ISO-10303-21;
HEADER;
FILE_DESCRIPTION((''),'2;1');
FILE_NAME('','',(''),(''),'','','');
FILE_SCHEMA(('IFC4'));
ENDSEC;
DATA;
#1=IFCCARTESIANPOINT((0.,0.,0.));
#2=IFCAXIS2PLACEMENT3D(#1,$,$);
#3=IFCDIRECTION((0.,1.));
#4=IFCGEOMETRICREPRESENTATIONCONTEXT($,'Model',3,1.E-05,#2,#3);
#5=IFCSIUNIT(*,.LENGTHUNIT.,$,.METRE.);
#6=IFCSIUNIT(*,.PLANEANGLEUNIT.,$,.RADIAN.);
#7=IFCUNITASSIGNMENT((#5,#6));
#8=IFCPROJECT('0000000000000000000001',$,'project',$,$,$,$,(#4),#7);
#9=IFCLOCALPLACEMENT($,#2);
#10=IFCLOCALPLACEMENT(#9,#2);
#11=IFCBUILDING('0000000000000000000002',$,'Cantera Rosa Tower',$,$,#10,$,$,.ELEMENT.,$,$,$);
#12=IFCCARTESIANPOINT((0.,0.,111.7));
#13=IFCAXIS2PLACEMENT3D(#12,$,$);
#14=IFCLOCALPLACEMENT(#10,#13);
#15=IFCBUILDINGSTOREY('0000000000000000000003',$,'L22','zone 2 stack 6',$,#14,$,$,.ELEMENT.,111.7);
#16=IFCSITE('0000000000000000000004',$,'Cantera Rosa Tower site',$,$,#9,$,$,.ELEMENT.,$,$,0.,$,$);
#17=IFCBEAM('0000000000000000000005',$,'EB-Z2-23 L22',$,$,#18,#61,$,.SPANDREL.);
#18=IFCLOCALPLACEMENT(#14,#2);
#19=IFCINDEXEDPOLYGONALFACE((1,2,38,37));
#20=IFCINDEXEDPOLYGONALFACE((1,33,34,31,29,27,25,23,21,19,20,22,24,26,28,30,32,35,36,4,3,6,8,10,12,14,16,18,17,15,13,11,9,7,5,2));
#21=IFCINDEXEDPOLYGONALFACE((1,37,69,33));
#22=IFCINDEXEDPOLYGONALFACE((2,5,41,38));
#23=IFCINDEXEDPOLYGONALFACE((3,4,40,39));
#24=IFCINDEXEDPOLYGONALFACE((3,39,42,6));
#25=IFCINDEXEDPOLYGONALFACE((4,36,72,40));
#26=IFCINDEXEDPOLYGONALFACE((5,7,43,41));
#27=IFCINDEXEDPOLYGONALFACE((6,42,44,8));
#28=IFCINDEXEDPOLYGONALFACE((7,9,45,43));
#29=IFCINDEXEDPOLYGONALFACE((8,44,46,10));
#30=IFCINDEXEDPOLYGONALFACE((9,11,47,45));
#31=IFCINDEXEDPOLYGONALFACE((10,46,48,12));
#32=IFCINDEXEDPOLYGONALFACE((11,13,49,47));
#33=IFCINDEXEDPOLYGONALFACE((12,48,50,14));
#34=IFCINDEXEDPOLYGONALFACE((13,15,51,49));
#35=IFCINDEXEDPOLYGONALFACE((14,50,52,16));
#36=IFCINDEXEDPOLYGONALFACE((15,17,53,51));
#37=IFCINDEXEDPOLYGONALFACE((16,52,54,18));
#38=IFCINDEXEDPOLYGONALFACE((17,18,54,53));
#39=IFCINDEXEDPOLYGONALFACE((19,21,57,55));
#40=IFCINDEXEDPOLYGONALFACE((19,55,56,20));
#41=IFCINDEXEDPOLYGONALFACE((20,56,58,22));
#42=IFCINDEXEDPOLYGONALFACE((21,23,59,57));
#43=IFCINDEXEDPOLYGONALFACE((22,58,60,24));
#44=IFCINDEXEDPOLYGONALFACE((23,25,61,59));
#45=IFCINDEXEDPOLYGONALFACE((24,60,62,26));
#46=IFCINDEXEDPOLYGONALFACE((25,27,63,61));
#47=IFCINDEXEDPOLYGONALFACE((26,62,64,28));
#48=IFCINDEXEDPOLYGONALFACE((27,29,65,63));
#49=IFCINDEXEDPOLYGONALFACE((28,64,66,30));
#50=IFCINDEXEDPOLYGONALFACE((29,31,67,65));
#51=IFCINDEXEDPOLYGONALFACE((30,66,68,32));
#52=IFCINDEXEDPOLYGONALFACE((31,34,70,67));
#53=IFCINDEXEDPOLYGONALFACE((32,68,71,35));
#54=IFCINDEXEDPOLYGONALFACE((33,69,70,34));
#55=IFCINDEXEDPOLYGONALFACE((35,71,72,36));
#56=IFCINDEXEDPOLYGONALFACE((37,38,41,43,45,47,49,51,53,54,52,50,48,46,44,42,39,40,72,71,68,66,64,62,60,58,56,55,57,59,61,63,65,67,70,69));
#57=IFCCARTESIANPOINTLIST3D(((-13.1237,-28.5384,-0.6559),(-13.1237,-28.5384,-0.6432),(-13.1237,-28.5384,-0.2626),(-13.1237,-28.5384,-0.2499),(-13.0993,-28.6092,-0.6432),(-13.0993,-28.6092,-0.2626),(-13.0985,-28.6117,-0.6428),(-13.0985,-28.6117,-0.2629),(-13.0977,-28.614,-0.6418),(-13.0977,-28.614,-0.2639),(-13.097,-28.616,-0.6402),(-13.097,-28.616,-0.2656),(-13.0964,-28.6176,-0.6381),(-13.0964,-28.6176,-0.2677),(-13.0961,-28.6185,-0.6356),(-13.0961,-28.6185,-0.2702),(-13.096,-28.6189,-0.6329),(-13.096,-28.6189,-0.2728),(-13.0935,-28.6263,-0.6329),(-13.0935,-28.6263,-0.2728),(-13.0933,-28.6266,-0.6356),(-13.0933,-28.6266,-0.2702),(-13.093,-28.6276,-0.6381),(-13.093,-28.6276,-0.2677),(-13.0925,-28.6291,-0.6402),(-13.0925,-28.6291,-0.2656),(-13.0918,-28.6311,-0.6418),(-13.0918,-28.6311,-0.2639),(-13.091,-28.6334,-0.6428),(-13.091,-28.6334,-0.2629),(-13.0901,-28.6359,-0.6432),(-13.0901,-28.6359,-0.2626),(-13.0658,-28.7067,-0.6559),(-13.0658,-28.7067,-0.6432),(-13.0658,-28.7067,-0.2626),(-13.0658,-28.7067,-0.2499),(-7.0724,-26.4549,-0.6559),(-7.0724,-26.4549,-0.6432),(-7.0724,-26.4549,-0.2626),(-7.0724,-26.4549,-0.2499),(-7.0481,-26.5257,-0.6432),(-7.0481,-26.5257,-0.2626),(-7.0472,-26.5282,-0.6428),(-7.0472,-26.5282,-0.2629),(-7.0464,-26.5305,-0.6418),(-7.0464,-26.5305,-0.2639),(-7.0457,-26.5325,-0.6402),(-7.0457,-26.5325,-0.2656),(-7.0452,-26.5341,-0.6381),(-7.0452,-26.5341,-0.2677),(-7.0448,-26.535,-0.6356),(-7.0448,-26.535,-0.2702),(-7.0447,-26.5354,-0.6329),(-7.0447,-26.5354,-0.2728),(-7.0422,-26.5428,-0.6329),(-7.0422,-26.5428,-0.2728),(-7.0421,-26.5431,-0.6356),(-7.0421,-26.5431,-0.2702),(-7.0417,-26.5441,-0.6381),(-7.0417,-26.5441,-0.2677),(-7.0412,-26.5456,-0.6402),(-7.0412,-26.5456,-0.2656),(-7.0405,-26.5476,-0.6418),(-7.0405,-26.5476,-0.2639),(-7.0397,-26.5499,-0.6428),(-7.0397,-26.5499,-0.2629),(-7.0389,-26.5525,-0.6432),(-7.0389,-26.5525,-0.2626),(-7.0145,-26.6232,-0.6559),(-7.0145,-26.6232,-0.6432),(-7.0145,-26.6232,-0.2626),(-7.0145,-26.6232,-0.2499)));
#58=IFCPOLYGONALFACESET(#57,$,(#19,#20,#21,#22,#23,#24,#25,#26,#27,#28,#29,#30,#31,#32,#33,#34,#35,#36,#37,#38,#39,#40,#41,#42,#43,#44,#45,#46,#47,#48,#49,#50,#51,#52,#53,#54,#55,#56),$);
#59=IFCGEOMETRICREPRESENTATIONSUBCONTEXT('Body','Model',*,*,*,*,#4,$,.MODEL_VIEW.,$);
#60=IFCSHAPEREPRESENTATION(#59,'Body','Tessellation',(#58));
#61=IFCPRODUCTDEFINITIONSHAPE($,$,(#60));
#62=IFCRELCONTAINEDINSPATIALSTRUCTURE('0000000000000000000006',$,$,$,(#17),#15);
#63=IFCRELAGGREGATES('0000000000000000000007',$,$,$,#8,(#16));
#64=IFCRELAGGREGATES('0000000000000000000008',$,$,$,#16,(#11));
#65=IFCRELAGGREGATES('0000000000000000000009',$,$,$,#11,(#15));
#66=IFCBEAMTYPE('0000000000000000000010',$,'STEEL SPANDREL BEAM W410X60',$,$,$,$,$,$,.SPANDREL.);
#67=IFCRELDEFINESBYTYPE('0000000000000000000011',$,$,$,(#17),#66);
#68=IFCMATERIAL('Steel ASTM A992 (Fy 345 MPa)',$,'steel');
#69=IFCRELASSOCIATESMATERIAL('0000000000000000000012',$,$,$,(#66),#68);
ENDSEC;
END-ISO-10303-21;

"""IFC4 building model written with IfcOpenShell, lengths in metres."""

from ifc_helpers import new_model, si_unit, direction, frame, origin, origin_2d, place, context, subcontext, project, spatial, i_section, extrude, material, material_profile, profile_set, type_object, element, save


model = new_model("IFC4")

# Units and contexts
model_context = context("Model", 3, precision=1e-05, world=origin(), true_north=direction((0.0, 1.0)))
body_context = subcontext(model_context, "Body", "Model", "MODEL_VIEW")
ifc_project = project(units=[si_unit("LENGTHUNIT", "METRE"), si_unit("PLANEANGLEUNIT", "RADIAN")], contexts=[model_context])

# Site, building, storey
site_placement = place(None, origin())
site = spatial("IfcSite", under=ifc_project, at=site_placement, Name="Cantera Rosa Tower site", CompositionType="ELEMENT", RefElevation=0.0)
building_placement = place(site_placement, origin())
building = spatial("IfcBuilding", under=site, at=building_placement, Name="Cantera Rosa Tower", CompositionType="ELEMENT")
storey_placement = place(building_placement, frame((0.0, 0.0, 111.7)))
storey = spatial("IfcBuildingStorey", under=building, at=storey_placement, Name="L22", Description="zone 2 stack 6", CompositionType="ELEMENT", Elevation=111.7)

# Beam
ifc_material_1 = material(Name="Steel ASTM A992 (Fy 345 MPa)", Category="steel")
ifc_material_profile_1 = material_profile(ifc_material_1, i_section(OverallWidth=0.178, OverallDepth=0.406, WebThickness=0.0078, FlangeThickness=0.0127, FilletRadius=0.0103, at=origin_2d()), Name="W410X60")
ifc_profile_set_1 = profile_set([ifc_material_profile_1], Name="Steel ASTM A992 (Fy 345 MPa)")
beam_type_1 = type_object("IfcBeamType", Name="STEEL SPANDREL BEAM W410X60", PredefinedType="SPANDREL", material=ifc_profile_set_1)
beam_1_placement = place(storey_placement, frame((-13.0947, -28.6226, -0.4529), z_axis=(0.945524, 0.325551, 0.0), x_axis=(-0.325551, 0.945524, 0.0)))
element("IfcBeam", 1, at=beam_1_placement, inside=storey, type_object=beam_type_1, Name="EB-Z2-23 L22", PredefinedType="SPANDREL", context=body_context, shape_type="SweptSolid", body=[
    extrude(i_section(OverallWidth=0.178, OverallDepth=0.406, WebThickness=0.0078, FlangeThickness=0.0127, FilletRadius=0.0103, at=origin_2d()), origin(), (0.0, 0.0, 1.0), 6.3999),
])

save(model, "model.ifc")
